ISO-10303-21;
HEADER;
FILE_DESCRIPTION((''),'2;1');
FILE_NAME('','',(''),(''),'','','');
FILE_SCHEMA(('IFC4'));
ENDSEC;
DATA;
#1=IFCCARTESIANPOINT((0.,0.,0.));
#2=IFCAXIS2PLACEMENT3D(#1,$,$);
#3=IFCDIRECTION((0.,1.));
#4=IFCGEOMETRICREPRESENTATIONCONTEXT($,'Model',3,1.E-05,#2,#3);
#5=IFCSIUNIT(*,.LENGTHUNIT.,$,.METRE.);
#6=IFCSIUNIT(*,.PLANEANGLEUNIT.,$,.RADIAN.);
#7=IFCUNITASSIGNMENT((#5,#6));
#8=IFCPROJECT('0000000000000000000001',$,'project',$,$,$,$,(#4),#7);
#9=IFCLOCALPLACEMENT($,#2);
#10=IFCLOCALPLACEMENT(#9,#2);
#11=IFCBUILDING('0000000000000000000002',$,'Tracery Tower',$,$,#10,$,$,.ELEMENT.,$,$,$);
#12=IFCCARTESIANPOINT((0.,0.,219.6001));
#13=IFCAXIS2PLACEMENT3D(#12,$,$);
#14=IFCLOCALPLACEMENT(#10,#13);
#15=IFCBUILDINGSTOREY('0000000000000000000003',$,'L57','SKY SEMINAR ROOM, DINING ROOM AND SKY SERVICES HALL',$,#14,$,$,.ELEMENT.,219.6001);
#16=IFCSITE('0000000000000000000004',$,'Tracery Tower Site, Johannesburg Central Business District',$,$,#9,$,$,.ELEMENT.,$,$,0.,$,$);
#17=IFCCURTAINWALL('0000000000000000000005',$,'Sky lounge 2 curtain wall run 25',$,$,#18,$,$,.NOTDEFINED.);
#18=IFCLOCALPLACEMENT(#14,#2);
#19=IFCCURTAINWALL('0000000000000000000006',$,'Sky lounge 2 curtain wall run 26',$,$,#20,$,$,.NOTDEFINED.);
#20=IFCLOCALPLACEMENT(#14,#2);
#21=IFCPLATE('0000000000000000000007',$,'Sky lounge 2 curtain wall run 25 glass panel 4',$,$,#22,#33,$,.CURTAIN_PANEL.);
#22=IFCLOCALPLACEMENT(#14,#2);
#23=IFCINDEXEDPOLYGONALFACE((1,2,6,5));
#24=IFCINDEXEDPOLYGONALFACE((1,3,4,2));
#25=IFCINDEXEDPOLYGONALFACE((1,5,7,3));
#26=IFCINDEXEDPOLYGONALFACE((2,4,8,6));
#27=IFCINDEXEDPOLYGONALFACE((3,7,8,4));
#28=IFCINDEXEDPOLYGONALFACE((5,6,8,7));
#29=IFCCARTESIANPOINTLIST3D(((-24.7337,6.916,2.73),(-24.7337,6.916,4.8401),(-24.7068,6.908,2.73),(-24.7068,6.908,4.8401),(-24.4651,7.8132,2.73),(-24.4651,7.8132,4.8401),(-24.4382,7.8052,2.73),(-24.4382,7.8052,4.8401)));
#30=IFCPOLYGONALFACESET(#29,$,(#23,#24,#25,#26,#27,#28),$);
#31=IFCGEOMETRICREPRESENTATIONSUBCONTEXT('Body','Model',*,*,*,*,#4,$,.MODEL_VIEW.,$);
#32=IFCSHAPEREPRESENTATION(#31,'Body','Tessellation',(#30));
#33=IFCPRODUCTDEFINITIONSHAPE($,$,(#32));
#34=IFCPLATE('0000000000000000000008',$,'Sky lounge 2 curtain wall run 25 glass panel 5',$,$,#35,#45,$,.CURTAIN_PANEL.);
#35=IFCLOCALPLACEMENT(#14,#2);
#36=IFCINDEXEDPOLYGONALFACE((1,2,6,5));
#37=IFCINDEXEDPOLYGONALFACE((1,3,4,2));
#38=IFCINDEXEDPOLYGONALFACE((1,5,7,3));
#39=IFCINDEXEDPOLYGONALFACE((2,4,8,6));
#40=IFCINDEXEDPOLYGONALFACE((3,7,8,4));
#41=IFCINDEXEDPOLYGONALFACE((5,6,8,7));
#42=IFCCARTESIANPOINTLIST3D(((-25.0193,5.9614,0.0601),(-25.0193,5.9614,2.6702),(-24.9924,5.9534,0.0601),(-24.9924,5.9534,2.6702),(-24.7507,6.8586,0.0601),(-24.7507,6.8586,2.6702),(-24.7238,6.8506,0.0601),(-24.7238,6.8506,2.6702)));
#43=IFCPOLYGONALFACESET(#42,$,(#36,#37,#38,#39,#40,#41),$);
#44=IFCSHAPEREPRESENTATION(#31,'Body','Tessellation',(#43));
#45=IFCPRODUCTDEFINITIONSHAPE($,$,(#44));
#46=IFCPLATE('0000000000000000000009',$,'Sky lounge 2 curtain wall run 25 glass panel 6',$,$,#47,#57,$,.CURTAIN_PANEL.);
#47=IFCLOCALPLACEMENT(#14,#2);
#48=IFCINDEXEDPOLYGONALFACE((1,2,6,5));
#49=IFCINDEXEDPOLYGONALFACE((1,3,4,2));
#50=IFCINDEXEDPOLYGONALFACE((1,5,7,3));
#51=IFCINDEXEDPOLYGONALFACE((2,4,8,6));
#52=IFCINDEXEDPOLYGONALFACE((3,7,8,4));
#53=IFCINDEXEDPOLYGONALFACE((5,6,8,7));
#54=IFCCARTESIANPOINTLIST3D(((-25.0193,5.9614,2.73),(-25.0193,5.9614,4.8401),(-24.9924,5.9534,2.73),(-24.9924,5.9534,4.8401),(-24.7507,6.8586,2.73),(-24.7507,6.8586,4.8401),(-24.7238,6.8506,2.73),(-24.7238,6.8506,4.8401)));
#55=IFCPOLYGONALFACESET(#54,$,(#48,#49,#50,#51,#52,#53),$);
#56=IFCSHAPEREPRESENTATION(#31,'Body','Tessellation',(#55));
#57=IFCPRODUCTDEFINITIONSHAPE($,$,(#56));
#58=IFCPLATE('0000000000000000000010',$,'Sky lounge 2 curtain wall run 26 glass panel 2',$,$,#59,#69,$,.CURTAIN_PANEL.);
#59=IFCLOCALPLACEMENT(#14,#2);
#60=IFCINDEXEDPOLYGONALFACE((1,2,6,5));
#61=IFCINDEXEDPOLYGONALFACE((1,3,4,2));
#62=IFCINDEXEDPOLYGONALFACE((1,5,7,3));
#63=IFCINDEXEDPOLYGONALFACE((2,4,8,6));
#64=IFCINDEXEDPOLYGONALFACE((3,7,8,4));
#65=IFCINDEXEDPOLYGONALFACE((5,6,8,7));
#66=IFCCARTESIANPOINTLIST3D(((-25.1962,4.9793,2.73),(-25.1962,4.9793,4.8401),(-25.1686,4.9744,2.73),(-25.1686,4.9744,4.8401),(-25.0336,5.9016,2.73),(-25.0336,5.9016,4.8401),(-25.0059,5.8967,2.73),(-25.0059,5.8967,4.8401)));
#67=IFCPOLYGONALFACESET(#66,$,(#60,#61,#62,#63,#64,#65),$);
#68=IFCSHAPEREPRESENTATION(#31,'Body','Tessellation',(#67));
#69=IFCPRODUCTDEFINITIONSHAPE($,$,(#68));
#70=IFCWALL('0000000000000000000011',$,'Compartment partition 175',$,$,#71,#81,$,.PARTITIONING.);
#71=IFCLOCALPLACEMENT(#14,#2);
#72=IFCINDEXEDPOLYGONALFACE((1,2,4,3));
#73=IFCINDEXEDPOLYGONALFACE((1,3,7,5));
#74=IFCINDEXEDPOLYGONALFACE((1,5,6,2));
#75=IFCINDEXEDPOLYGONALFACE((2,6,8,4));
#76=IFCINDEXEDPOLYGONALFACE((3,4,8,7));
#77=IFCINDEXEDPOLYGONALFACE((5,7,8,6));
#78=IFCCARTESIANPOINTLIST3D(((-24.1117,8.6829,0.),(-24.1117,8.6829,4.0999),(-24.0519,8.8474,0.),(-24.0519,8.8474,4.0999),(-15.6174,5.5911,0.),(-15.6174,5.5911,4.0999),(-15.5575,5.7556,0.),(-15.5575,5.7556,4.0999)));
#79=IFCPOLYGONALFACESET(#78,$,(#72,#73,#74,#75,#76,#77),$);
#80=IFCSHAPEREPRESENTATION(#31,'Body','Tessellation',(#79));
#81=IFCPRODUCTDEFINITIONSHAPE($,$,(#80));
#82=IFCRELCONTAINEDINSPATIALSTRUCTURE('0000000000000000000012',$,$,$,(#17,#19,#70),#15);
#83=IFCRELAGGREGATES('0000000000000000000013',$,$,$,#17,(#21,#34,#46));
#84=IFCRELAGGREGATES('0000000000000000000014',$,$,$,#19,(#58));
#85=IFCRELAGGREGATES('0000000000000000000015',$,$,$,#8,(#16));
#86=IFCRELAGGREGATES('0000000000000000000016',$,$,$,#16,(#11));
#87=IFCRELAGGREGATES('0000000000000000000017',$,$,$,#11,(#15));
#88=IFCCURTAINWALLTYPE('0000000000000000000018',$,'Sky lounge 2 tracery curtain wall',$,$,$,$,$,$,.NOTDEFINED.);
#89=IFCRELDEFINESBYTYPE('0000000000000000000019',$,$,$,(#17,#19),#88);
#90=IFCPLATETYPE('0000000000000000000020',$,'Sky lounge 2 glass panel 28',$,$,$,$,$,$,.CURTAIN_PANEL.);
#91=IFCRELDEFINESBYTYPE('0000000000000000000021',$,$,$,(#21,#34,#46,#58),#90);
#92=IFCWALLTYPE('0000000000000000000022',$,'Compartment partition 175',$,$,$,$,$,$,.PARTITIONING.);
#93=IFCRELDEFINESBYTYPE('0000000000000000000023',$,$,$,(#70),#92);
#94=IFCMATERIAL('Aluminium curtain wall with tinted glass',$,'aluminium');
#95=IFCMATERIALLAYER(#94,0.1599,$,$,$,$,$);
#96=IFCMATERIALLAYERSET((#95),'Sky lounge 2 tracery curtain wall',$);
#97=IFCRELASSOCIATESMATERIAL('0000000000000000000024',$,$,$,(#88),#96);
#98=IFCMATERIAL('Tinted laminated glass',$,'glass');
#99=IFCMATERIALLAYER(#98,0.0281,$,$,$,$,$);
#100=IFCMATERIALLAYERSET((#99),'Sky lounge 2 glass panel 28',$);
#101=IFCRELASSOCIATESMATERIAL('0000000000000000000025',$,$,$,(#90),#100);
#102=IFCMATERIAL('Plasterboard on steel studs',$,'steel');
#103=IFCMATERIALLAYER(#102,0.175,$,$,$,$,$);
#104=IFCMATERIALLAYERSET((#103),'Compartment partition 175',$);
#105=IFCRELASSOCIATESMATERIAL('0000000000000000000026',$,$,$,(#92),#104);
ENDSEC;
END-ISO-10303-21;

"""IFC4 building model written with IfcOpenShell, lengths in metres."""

from ifc_helpers import new_model, si_unit, direction, frame, frame_2d, origin, origin_2d, place, context, subcontext, project, spatial, rectangle, extrude, material, layer, layer_set, type_object, element, aggregate, save


model = new_model("IFC4")

# Units and contexts
model_context = context("Model", 3, precision=1e-05, world=origin(), true_north=direction((0.0, 1.0)))
body_context = subcontext(model_context, "Body", "Model", "MODEL_VIEW")
ifc_project = project(units=[si_unit("LENGTHUNIT", "METRE"), si_unit("PLANEANGLEUNIT", "RADIAN")], contexts=[model_context])

# Site, building, storey
site_placement = place(None, origin())
site = spatial("IfcSite", under=ifc_project, at=site_placement, Name="Tracery Tower Site, Johannesburg Central Business District", CompositionType="ELEMENT", RefElevation=0.0)
building_placement = place(site_placement, origin())
building = spatial("IfcBuilding", under=site, at=building_placement, Name="Tracery Tower", CompositionType="ELEMENT")
storey_placement = place(building_placement, frame((0.0, 0.0, 219.6001)))
storey = spatial("IfcBuildingStorey", under=building, at=storey_placement, Name="L57", Description="SKY SEMINAR ROOM, DINING ROOM AND SKY SERVICES HALL", CompositionType="ELEMENT", Elevation=219.6001)

# Curtain wall
ifc_material_1 = material(Name="Aluminium curtain wall with tinted glass", Category="aluminium")
ifc_layer_1 = layer(ifc_material_1, 0.1599)
ifc_layer_set_1 = layer_set([ifc_layer_1], Name="Sky lounge 2 tracery curtain wall")
curtain_wall_type = type_object("IfcCurtainWallType", Name="Sky lounge 2 tracery curtain wall", PredefinedType="NOTDEFINED", material=ifc_layer_set_1)
curtain_wall_1_placement = place(storey_placement, origin())
curtain_wall_1 = element("IfcCurtainWall", 1, at=curtain_wall_1_placement, inside=storey, type_object=curtain_wall_type, Name="Sky lounge 2 curtain wall run 25", PredefinedType="NOTDEFINED")

# Curtain wall
curtain_wall_2_placement = place(storey_placement, origin())
curtain_wall_2 = element("IfcCurtainWall", 2, at=curtain_wall_2_placement, inside=storey, type_object=curtain_wall_type, Name="Sky lounge 2 curtain wall run 26", PredefinedType="NOTDEFINED")

# Plates
ifc_material_2 = material(Name="Tinted laminated glass", Category="glass")
ifc_layer_2 = layer(ifc_material_2, 0.0281)
ifc_layer_set_2 = layer_set([ifc_layer_2], Name="Sky lounge 2 glass panel 28")
plate_type = type_object("IfcPlateType", Name="Sky lounge 2 glass panel 28", PredefinedType="CURTAIN_PANEL", material=ifc_layer_set_2)
plate_1_placement = place(storey_placement, frame((-24.5859, 7.3606, 2.73), z_axis=(0.0, 0.0, 1.0), x_axis=(-0.286803, -0.95799, 0.0)))
plate_1 = element("IfcPlate", 3, at=plate_1_placement, type_object=plate_type, Name="Sky lounge 2 curtain wall run 25 glass panel 4", PredefinedType="CURTAIN_PANEL", context=body_context, shape_type="SweptSolid", body=[
    extrude(rectangle(XDim=0.9365, YDim=0.0281, at=origin_2d()), origin(), (0.0, 0.0, 1.0), 2.1101),
])
plate_2_placement = place(storey_placement, frame((-24.8716, 6.406, 0.0601), z_axis=(0.0, 0.0, 1.0), x_axis=(-0.286803, -0.95799, 0.0)))
plate_2 = element("IfcPlate", 4, at=plate_2_placement, type_object=plate_type, Name="Sky lounge 2 curtain wall run 25 glass panel 5", PredefinedType="CURTAIN_PANEL", context=body_context, shape_type="SweptSolid", body=[
    extrude(rectangle(XDim=0.9365, YDim=0.0281, at=origin_2d()), origin(), (0.0, 0.0, 1.0), 2.6101),
])
plate_3_placement = place(storey_placement, frame((-24.8716, 6.406, 2.73), z_axis=(0.0, 0.0, 1.0), x_axis=(-0.286803, -0.95799, 0.0)))
plate_3 = element("IfcPlate", 5, at=plate_3_placement, type_object=plate_type, Name="Sky lounge 2 curtain wall run 25 glass panel 6", PredefinedType="CURTAIN_PANEL", context=body_context, shape_type="SweptSolid", body=[
    extrude(rectangle(XDim=0.9365, YDim=0.0281, at=origin_2d()), origin(), (0.0, 0.0, 1.0), 2.1101),
])
aggregate(curtain_wall_1, [plate_1, plate_2, plate_3])
plate_4_placement = place(storey_placement, frame((-25.1011, 5.438, 2.73), z_axis=(0.0, 0.0, 1.0), x_axis=(-0.173648, -0.984808, 0.0)))
plate_4 = element("IfcPlate", 6, at=plate_4_placement, type_object=plate_type, Name="Sky lounge 2 curtain wall run 26 glass panel 2", PredefinedType="CURTAIN_PANEL", context=body_context, shape_type="SweptSolid", body=[
    extrude(rectangle(XDim=0.9365, YDim=0.0281, at=origin_2d()), origin(), (0.0, 0.0, 1.0), 2.1101),
])
aggregate(curtain_wall_2, [plate_4])

# Wall
ifc_material_3 = material(Name="Plasterboard on steel studs", Category="steel")
ifc_layer_3 = layer(ifc_material_3, 0.175)
ifc_layer_set_3 = layer_set([ifc_layer_3], Name="Compartment partition 175")
wall_type = type_object("IfcWallType", Name="Compartment partition 175", PredefinedType="PARTITIONING", material=ifc_layer_set_3)
wall_1_placement = place(storey_placement, frame((-24.0818, 8.7651, 0.0), z_axis=(0.0, 0.0, 1.0), x_axis=(0.939689, -0.342029, 0.0)))
element("IfcWall", 7, at=wall_1_placement, inside=storey, type_object=wall_type, Name="Compartment partition 175", PredefinedType="PARTITIONING", context=body_context, shape_type="SweptSolid", body=[
    extrude(rectangle(XDim=9.0396, YDim=0.175, at=frame_2d((4.5198, 0.0))), origin(), (0.0, 0.0, 1.0), 4.0999),
])

save(model, "model.ifc")
